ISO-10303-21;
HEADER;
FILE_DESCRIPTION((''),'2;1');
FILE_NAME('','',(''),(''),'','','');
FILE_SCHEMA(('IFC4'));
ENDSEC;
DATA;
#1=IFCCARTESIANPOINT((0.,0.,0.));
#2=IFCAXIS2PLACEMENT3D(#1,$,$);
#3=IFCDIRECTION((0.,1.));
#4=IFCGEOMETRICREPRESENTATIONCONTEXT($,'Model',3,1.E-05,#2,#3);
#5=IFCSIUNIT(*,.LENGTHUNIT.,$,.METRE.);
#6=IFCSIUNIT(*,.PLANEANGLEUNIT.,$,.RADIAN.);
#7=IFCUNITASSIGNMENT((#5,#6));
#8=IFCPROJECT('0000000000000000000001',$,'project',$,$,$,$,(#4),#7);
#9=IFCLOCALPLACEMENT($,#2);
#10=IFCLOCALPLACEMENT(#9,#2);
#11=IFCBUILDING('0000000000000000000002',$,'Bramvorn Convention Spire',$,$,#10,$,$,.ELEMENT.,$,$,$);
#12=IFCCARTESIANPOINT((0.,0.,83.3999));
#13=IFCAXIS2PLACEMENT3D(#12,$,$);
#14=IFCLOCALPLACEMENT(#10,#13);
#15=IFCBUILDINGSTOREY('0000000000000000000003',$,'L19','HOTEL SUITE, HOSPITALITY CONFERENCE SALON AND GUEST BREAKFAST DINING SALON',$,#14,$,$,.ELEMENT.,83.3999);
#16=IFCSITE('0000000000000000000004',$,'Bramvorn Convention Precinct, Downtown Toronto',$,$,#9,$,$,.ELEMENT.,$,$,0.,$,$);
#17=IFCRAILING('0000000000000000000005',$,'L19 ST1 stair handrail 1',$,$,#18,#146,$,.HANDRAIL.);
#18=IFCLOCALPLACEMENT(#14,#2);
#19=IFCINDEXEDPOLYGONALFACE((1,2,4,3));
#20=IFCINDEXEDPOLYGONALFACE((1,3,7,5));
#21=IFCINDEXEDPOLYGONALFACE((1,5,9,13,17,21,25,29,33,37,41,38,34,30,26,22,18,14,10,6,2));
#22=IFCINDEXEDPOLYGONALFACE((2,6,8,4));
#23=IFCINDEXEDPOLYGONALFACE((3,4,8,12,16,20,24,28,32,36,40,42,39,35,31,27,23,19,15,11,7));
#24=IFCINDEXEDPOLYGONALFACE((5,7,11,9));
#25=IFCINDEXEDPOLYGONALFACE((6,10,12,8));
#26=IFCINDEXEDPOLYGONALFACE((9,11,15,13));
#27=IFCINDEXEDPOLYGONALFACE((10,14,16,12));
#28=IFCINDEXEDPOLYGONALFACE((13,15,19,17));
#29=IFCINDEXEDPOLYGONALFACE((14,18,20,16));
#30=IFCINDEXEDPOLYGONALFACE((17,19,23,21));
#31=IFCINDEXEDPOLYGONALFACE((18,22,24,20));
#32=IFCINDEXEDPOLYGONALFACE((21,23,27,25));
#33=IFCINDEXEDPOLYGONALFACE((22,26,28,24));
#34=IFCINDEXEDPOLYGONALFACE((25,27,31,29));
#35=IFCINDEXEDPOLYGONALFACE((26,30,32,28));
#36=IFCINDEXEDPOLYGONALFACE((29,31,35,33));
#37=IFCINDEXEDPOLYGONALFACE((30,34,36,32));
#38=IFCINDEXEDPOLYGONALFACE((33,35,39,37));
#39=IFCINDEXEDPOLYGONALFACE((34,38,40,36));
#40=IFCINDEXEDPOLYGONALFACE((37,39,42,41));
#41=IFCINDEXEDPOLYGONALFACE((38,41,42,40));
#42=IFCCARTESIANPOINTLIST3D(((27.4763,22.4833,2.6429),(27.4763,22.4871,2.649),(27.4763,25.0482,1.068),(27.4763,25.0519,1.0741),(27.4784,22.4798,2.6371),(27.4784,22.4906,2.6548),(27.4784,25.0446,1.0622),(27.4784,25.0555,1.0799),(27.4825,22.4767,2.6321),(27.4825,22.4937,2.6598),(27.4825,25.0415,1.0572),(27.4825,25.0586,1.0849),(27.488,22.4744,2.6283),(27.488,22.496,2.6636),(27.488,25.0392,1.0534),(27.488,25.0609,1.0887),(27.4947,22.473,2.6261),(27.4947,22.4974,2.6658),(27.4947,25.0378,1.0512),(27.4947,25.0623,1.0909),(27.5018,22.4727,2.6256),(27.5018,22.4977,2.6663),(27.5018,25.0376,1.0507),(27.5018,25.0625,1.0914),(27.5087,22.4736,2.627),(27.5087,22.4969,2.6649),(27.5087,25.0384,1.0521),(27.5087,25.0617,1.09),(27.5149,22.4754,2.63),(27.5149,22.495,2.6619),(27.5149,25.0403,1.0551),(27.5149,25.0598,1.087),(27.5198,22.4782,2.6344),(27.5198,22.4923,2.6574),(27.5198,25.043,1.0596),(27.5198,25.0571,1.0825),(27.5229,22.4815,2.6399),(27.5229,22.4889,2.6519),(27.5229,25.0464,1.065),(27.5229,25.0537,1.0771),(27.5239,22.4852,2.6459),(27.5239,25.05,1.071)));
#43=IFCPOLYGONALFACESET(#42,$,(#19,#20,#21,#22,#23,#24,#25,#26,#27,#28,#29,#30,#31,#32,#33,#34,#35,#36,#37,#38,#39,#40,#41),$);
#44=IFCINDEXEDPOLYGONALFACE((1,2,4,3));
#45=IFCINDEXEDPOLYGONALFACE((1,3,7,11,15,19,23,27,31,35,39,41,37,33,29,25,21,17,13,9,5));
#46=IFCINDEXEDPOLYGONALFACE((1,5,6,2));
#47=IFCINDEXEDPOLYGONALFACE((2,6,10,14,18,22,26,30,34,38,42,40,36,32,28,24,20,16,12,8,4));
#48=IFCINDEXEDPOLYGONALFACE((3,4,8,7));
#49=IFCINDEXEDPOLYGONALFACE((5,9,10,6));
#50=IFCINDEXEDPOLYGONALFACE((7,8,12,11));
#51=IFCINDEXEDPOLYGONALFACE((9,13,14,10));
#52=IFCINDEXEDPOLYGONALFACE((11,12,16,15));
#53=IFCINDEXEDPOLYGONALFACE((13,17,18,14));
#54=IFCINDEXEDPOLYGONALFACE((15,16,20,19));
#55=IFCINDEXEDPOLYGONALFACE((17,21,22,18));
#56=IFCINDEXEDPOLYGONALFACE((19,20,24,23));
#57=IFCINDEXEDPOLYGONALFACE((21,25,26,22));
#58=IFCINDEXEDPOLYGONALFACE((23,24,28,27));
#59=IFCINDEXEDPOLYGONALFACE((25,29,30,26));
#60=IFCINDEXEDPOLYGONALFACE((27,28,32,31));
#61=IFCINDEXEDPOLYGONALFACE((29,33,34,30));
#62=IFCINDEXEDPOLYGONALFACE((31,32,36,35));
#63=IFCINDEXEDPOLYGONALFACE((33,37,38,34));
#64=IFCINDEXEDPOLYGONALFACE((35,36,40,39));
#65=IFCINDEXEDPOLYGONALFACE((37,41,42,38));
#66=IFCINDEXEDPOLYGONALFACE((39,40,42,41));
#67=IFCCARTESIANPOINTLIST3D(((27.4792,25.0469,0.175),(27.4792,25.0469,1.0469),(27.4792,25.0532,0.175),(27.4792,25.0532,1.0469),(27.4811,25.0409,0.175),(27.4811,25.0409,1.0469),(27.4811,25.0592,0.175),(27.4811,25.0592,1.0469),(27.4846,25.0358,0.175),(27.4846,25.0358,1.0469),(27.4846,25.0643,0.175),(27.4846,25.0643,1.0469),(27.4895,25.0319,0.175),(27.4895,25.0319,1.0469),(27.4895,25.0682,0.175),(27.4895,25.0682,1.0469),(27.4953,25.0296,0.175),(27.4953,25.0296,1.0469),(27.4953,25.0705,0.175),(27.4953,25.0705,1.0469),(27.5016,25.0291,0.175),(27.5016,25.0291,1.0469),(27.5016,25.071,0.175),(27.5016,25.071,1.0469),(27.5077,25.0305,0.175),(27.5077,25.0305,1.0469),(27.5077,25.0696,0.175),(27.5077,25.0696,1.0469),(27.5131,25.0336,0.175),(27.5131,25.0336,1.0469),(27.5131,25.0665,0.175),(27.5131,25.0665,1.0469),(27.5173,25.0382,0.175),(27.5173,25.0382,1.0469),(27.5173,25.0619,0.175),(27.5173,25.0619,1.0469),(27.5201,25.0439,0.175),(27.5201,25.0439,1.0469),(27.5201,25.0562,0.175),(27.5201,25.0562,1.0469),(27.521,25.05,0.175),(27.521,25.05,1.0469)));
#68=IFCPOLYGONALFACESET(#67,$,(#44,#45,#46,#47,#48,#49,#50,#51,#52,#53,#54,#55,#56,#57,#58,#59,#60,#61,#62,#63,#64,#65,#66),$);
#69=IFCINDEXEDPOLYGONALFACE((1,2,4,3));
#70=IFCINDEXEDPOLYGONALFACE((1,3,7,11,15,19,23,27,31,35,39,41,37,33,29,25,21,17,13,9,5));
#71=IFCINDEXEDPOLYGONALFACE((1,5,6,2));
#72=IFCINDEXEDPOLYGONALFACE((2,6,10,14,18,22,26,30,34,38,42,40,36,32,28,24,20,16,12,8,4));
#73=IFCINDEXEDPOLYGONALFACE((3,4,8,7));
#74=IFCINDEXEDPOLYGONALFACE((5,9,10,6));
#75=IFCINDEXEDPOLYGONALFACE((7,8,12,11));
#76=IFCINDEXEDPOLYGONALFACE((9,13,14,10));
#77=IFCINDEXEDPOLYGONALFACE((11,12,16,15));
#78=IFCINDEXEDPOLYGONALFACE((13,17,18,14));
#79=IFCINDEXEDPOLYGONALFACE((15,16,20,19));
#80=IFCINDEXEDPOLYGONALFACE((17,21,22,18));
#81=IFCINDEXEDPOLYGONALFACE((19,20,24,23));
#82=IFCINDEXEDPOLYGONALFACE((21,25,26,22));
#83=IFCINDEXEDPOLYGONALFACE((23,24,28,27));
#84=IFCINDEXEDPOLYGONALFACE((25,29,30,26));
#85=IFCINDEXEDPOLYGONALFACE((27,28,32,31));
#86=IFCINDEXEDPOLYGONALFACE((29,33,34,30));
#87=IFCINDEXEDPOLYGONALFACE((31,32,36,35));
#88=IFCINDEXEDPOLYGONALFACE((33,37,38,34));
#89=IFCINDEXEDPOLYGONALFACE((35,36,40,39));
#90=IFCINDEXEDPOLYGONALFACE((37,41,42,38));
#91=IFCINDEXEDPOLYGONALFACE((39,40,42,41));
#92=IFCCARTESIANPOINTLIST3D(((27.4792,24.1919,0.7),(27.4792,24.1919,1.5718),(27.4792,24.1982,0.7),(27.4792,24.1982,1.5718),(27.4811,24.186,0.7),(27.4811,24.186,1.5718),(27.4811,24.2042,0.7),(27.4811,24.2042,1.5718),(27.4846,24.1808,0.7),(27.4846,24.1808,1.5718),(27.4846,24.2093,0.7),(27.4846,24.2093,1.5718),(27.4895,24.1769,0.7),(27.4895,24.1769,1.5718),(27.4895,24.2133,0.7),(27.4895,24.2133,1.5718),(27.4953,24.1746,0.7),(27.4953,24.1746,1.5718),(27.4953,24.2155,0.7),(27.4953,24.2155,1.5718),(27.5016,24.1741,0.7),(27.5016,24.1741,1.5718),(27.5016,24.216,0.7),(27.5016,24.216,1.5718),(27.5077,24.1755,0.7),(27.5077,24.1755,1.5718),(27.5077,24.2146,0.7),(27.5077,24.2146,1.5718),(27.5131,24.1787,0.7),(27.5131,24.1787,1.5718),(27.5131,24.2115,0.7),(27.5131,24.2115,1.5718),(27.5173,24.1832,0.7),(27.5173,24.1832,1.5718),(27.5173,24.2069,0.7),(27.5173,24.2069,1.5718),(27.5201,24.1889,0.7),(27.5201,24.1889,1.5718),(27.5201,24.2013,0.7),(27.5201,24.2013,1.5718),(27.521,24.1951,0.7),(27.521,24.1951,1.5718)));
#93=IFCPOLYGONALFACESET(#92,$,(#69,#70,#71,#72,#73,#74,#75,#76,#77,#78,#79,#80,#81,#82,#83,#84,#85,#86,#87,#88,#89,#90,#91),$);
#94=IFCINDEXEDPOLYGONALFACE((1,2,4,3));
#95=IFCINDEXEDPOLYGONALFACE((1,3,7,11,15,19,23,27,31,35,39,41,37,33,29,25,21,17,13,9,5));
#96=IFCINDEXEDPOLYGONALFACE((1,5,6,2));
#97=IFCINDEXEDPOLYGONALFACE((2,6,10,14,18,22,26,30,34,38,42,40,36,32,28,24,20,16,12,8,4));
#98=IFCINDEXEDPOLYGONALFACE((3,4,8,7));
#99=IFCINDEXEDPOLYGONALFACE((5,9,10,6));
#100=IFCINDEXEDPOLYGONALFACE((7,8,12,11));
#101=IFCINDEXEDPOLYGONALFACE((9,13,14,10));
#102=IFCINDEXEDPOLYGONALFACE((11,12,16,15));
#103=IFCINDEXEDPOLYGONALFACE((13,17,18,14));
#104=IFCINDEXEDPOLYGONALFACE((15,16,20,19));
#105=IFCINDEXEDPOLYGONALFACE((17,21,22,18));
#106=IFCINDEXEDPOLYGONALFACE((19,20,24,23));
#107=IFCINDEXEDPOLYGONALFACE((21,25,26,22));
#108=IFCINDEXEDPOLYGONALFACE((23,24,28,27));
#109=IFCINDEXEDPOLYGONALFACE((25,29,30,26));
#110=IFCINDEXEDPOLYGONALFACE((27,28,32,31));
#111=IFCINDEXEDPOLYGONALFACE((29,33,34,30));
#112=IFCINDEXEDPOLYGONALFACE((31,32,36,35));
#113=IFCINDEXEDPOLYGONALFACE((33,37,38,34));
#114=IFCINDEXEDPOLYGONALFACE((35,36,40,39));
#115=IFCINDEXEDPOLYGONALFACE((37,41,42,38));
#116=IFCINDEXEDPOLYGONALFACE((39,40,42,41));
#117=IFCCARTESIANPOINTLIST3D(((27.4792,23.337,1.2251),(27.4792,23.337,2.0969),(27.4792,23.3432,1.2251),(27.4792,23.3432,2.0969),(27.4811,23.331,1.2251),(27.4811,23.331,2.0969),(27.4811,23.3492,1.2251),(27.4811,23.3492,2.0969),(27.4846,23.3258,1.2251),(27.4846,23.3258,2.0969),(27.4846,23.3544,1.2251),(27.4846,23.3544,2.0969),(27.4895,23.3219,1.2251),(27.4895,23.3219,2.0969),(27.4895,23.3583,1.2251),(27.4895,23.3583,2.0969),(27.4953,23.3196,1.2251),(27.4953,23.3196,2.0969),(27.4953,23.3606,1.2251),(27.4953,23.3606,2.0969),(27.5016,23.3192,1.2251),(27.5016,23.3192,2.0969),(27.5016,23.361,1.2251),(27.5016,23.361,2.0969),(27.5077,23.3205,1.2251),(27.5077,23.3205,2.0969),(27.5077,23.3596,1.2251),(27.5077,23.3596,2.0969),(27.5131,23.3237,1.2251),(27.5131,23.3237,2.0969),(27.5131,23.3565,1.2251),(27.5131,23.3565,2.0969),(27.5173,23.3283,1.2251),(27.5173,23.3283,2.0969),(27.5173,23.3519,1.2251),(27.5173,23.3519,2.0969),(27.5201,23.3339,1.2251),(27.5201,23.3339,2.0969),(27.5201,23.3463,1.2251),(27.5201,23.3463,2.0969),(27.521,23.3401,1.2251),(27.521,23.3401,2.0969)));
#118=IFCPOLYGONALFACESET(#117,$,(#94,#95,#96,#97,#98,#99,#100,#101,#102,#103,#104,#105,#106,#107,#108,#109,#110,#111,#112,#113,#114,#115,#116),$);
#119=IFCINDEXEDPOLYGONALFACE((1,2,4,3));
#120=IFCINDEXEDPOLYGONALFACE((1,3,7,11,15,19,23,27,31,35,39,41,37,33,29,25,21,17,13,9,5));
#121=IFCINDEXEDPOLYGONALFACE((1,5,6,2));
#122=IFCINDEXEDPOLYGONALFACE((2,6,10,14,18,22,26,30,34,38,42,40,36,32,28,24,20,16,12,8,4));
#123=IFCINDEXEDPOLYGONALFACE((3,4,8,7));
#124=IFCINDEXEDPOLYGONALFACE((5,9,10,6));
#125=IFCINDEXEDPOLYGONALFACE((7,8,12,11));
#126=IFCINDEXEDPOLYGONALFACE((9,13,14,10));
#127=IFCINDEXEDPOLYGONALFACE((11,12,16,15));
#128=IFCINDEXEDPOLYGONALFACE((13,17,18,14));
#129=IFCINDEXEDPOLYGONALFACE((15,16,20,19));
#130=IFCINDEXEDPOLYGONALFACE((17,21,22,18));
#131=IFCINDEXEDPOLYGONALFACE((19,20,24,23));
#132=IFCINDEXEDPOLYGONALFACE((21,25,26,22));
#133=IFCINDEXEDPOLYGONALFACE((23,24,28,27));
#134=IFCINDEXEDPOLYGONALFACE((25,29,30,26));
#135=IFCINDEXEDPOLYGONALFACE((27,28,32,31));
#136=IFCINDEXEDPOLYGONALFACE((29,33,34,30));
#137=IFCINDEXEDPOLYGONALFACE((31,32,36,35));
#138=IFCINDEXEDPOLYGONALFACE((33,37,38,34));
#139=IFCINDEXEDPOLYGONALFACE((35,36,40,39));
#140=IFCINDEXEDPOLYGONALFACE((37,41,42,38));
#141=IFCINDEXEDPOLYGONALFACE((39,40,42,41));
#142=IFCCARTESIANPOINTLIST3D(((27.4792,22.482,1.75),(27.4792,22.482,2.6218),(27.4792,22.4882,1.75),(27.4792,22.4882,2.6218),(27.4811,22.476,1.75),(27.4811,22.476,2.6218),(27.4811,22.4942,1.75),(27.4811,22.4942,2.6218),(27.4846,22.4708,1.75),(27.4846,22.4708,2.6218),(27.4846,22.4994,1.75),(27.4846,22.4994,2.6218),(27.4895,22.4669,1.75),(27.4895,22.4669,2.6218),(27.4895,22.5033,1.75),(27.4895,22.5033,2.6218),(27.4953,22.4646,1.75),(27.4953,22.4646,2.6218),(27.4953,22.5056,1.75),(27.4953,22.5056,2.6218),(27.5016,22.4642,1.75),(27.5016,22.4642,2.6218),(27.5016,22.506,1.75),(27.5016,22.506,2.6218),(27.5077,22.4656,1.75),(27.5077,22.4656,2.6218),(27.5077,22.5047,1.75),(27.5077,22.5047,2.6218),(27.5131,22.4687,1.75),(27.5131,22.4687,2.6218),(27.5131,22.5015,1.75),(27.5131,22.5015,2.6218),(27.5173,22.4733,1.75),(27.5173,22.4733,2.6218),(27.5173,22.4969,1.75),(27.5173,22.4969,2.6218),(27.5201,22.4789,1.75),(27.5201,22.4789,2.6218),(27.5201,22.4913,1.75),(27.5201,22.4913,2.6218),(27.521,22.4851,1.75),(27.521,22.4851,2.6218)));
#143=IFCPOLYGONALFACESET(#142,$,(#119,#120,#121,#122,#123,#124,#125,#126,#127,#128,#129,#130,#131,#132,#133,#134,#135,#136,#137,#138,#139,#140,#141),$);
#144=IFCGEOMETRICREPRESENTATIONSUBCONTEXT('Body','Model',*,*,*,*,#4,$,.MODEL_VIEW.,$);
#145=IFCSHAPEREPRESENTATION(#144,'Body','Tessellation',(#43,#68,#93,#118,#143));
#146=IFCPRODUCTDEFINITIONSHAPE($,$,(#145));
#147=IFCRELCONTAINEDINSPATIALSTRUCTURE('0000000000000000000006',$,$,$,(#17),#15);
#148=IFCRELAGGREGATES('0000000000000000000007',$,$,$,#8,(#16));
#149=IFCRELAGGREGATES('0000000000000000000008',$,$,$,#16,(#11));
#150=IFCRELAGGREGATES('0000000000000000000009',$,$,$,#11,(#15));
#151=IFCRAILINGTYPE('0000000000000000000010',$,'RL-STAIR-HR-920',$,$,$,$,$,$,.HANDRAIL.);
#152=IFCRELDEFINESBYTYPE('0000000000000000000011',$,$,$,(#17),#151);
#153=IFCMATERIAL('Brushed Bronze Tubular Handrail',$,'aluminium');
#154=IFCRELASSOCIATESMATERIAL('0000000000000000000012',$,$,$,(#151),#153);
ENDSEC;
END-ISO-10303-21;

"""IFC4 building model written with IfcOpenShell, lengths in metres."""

from ifc_helpers import new_model, si_unit, direction, frame, origin, origin_2d, place, context, subcontext, project, spatial, circle, extrude, material, type_object, element, save


model = new_model("IFC4")

# Units and contexts
model_context = context("Model", 3, precision=1e-05, world=origin(), true_north=direction((0.0, 1.0)))
body_context = subcontext(model_context, "Body", "Model", "MODEL_VIEW")
ifc_project = project(units=[si_unit("LENGTHUNIT", "METRE"), si_unit("PLANEANGLEUNIT", "RADIAN")], contexts=[model_context])

# Site, building, storey
site_placement = place(None, origin())
site = spatial("IfcSite", under=ifc_project, at=site_placement, Name="Bramvorn Convention Precinct, Downtown Toronto", CompositionType="ELEMENT", RefElevation=0.0)
building_placement = place(site_placement, origin())
building = spatial("IfcBuilding", under=site, at=building_placement, Name="Bramvorn Convention Spire", CompositionType="ELEMENT")
storey_placement = place(building_placement, frame((0.0, 0.0, 83.3999)))
storey = spatial("IfcBuildingStorey", under=building, at=storey_placement, Name="L19", Description="HOTEL SUITE, HOSPITALITY CONFERENCE SALON AND GUEST BREAKFAST DINING SALON", CompositionType="ELEMENT", Elevation=83.3999)

# Railing
ifc_material_1 = material(Name="Brushed Bronze Tubular Handrail", Category="aluminium")
railing_type_1 = type_object("IfcRailingType", Name="RL-STAIR-HR-920", PredefinedType="HANDRAIL", material=ifc_material_1)
railing_1_placement = place(storey_placement, frame((27.5, 25.05, 0.175)))
element("IfcRailing", 1, at=railing_1_placement, inside=storey, type_object=railing_type_1, Name="L19 ST1 stair handrail 1", PredefinedType="HANDRAIL", context=body_context, shape_type="SweptSolid", body=[
    extrude(circle(Radius=0.0239, at=origin_2d()), frame((0.0, 0.0, 0.896), z_axis=(0.0, -0.852173, 0.52326), x_axis=(1.0, 0.0, 0.0)), (0.0, 0.0, 1.0), 3.0098),
    extrude(circle(Radius=0.021, at=origin_2d()), origin(), (0.0, 0.0, 1.0), 0.8718),
    extrude(circle(Radius=0.021, at=origin_2d()), frame((0.0, -0.855, 0.5249)), (0.0, 0.0, 1.0), 0.8718),
    extrude(circle(Radius=0.021, at=origin_2d()), frame((0.0, -1.71, 1.05)), (0.0, 0.0, 1.0), 0.8718),
    extrude(circle(Radius=0.021, at=origin_2d()), frame((0.0, -2.5649, 1.575)), (0.0, 0.0, 1.0), 0.8718),
])

save(model, "model.ifc")
